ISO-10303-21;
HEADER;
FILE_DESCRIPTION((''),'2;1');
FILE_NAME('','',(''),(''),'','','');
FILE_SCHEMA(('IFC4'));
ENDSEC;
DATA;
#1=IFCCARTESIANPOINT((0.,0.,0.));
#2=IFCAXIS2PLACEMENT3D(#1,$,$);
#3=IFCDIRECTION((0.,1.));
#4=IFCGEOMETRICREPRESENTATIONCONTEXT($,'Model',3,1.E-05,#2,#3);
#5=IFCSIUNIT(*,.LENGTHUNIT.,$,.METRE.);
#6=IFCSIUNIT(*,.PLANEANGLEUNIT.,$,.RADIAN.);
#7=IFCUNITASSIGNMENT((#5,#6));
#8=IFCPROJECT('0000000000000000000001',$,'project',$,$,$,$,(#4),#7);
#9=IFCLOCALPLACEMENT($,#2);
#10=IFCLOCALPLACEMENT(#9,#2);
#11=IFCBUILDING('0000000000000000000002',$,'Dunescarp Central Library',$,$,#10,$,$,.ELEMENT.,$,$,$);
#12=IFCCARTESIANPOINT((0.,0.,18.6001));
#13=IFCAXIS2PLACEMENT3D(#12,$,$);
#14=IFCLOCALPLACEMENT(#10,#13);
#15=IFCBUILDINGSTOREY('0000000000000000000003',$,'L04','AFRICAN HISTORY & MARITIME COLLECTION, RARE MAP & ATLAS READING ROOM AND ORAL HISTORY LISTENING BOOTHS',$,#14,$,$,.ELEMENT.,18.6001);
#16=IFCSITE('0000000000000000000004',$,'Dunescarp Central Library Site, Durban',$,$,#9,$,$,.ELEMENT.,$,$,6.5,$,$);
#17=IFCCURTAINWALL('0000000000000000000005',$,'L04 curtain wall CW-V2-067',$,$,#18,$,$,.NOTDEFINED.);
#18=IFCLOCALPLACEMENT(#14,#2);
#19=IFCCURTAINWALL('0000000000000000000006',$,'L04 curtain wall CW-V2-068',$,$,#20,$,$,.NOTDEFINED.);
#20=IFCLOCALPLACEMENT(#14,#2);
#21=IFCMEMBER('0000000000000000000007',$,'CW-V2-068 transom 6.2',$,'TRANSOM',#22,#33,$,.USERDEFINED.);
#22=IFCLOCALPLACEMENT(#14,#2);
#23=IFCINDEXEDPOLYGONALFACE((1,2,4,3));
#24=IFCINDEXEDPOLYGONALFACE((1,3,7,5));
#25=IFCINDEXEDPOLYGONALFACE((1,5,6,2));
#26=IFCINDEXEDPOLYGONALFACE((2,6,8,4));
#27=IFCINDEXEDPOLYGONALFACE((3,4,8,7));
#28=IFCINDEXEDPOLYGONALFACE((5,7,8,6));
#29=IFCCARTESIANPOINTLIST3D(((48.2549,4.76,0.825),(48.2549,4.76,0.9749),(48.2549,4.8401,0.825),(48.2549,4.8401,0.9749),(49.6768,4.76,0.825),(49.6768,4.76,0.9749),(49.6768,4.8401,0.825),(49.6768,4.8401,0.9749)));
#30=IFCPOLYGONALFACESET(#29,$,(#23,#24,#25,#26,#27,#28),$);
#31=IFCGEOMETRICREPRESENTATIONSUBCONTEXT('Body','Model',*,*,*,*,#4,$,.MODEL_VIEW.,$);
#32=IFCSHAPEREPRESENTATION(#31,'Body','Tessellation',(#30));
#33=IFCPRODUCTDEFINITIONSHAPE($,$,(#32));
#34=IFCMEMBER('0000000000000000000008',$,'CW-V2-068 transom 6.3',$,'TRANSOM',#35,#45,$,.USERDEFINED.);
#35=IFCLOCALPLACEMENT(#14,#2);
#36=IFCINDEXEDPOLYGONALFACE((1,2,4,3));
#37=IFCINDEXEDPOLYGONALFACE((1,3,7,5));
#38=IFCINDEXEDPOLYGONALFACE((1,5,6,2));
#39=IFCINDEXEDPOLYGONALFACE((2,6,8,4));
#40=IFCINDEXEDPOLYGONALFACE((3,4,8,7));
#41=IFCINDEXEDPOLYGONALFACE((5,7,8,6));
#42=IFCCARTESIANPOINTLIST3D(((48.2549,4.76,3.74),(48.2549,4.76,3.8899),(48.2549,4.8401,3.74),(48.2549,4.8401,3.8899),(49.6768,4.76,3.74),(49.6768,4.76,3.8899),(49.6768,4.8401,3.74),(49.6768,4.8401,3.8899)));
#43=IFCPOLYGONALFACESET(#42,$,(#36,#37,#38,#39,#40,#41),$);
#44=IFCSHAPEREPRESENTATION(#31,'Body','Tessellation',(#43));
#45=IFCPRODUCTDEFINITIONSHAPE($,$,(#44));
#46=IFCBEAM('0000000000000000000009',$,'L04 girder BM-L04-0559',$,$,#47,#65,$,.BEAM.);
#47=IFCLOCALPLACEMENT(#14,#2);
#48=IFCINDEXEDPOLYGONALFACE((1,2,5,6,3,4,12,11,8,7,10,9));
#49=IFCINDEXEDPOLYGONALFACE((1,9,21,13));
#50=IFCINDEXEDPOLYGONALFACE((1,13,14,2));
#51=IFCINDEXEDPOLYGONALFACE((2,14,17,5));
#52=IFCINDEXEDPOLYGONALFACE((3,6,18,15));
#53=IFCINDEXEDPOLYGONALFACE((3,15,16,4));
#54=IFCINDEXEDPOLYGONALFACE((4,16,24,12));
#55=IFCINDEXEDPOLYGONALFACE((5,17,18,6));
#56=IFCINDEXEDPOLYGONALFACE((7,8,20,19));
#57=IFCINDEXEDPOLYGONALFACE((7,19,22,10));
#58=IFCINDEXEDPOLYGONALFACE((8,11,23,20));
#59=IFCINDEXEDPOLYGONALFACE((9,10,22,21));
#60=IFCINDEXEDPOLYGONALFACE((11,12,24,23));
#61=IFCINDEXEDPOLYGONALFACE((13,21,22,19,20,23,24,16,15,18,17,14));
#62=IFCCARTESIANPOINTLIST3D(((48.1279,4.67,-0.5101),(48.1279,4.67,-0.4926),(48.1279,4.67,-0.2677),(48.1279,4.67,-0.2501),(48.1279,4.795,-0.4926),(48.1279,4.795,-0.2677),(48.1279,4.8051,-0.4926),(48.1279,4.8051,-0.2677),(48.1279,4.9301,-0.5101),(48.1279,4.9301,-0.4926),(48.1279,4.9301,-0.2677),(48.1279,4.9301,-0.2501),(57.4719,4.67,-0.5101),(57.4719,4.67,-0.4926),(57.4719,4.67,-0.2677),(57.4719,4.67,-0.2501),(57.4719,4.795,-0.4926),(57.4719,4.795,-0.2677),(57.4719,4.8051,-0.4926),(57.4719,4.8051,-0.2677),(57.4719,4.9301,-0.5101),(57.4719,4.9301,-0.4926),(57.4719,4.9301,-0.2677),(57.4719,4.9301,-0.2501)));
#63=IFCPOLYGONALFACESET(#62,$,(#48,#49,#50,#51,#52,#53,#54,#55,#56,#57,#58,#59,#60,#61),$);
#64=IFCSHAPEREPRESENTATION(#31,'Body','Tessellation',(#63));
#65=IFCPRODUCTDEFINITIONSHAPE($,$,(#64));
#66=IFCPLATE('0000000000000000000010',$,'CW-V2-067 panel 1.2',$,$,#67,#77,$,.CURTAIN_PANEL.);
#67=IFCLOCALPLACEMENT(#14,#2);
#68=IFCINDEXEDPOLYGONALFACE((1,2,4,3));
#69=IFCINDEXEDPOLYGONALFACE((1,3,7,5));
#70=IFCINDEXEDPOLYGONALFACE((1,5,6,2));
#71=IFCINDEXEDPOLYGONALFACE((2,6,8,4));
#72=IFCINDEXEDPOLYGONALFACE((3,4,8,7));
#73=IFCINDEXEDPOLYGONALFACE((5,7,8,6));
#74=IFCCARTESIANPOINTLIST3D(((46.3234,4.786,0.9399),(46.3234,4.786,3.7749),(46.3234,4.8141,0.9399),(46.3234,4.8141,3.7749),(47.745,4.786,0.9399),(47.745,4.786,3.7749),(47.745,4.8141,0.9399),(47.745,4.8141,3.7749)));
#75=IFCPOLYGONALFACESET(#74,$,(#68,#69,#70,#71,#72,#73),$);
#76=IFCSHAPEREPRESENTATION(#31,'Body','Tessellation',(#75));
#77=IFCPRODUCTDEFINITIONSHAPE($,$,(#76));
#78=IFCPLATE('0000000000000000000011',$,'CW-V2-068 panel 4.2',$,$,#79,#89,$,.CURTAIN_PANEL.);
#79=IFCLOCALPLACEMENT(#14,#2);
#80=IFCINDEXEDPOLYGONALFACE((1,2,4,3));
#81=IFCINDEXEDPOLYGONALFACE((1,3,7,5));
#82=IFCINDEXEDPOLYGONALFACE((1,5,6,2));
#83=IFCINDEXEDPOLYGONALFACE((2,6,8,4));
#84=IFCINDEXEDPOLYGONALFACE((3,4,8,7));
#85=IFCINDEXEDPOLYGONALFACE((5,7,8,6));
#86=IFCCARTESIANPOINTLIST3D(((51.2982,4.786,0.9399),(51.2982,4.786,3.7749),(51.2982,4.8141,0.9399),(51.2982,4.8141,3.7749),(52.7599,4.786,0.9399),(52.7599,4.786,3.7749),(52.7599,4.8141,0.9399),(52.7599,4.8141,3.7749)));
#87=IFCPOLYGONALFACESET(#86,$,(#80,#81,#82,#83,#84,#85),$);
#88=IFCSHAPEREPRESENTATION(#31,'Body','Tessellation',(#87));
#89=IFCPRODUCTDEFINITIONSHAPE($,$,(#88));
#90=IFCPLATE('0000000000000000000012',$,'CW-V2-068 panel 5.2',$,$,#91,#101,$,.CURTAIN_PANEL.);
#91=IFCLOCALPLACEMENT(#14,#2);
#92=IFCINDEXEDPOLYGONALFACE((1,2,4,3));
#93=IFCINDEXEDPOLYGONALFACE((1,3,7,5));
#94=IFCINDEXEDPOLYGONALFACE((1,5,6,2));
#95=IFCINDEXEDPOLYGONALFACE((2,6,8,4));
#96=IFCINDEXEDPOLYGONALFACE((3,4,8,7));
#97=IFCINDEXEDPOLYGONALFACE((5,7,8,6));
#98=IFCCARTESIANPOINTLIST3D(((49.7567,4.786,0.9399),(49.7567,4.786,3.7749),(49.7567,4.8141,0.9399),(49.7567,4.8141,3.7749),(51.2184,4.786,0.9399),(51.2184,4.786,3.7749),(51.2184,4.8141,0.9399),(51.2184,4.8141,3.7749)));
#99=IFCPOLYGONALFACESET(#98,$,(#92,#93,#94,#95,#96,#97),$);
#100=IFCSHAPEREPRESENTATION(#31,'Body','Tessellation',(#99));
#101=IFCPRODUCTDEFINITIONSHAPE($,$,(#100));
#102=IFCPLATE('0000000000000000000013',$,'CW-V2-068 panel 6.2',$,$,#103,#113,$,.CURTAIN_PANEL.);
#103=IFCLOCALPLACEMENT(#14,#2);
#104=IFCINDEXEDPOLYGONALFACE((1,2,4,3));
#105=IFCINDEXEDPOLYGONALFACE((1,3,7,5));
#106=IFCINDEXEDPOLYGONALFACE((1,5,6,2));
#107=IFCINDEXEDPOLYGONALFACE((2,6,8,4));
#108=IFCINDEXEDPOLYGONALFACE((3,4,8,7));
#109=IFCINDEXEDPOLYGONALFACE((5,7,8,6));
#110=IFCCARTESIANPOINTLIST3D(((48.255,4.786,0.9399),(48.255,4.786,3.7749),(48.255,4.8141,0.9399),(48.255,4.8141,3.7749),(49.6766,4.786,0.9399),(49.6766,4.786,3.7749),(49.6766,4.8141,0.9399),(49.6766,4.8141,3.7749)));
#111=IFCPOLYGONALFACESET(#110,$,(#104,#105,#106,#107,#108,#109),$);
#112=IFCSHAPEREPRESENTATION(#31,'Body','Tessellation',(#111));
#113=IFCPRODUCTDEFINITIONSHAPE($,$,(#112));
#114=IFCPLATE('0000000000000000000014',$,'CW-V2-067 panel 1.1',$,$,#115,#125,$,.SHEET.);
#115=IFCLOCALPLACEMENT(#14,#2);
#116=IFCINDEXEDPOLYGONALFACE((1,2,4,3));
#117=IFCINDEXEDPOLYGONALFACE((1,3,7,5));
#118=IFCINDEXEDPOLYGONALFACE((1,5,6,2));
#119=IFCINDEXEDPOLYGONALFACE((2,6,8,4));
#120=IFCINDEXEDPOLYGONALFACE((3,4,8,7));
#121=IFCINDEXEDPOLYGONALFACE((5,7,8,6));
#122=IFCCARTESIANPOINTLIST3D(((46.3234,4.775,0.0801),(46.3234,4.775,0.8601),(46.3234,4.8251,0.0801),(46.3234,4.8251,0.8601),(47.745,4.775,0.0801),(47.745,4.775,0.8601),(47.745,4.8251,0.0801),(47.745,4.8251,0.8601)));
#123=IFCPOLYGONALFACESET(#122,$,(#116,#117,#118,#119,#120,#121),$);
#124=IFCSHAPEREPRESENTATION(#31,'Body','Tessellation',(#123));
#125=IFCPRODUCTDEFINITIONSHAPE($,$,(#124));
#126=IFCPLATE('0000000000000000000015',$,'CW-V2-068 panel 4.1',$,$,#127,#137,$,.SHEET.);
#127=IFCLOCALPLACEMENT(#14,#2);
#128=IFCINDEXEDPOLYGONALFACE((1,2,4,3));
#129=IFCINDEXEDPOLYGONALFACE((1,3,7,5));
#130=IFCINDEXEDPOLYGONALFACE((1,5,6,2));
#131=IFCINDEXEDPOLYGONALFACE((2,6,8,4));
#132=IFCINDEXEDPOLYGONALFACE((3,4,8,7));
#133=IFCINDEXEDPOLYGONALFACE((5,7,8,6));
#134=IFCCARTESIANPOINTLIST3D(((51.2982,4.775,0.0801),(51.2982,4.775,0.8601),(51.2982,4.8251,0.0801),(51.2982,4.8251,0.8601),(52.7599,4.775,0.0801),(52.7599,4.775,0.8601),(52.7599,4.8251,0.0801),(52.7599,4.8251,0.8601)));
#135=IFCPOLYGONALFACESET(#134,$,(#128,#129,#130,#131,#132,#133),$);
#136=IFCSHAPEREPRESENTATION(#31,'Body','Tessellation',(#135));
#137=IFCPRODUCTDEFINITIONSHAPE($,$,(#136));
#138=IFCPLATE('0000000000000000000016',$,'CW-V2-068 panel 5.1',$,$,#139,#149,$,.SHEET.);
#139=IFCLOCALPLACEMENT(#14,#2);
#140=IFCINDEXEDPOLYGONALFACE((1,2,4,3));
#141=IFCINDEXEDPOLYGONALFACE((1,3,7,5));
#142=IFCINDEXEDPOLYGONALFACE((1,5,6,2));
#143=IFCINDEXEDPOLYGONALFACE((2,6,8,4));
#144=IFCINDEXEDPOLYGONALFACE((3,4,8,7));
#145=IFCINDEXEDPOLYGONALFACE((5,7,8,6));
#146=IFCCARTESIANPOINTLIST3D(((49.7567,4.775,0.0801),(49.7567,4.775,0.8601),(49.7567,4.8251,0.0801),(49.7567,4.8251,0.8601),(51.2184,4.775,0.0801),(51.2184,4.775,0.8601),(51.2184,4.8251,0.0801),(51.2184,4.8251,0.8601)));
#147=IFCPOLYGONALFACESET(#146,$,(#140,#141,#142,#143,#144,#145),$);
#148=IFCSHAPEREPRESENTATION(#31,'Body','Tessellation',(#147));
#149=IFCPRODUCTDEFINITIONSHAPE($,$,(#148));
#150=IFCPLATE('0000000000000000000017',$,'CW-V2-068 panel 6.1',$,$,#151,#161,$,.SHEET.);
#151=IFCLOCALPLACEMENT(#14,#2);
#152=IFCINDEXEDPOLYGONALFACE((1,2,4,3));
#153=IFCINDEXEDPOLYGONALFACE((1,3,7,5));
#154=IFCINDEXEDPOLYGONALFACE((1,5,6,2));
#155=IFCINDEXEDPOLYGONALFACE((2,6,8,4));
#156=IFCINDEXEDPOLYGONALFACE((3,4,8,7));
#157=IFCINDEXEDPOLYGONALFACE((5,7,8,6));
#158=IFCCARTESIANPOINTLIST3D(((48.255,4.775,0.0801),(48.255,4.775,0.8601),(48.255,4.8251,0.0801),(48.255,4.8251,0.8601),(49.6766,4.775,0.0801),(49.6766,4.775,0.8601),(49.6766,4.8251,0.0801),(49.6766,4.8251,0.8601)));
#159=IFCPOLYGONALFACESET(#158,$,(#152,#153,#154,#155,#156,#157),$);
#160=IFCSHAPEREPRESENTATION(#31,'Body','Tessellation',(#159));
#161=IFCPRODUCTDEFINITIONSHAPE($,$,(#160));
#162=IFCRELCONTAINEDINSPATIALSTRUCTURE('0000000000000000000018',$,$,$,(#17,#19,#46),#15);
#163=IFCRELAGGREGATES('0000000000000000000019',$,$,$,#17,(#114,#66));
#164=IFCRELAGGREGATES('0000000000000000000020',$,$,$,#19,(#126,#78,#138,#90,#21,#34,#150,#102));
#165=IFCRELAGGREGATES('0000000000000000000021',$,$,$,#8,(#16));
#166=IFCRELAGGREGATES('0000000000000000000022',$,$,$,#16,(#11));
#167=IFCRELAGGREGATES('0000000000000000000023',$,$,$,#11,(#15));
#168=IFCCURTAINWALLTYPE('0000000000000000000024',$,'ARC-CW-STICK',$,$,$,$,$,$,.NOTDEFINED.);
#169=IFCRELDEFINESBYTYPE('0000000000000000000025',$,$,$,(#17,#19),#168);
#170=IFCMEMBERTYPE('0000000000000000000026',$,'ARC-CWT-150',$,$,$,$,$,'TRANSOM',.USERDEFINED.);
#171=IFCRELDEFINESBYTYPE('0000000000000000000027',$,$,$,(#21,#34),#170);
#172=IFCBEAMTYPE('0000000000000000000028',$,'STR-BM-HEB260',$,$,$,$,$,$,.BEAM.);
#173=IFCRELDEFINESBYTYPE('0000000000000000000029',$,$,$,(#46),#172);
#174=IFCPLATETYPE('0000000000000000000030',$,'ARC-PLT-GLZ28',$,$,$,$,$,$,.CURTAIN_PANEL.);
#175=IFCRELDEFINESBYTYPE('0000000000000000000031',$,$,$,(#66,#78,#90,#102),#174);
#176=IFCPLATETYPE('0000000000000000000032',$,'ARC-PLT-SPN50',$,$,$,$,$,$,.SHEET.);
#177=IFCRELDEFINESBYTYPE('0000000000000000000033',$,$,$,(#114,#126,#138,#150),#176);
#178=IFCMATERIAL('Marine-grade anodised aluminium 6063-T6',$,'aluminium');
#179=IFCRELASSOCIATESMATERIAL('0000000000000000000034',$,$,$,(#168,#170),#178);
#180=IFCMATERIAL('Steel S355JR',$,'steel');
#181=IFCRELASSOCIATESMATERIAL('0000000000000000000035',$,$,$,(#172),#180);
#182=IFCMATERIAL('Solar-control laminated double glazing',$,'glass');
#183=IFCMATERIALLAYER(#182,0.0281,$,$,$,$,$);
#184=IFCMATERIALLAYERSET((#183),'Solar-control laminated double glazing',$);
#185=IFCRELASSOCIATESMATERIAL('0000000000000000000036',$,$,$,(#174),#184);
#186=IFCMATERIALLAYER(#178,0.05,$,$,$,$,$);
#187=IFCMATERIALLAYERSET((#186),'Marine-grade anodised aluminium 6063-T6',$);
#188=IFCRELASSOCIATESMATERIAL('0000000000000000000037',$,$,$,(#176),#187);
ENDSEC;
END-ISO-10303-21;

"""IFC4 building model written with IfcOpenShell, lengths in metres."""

from ifc_helpers import new_model, si_unit, direction, frame, origin, origin_2d, place, context, subcontext, project, spatial, rectangle, i_section, extrude, material, layer, layer_set, material_profile, profile_set, type_object, element, aggregate, save


model = new_model("IFC4")

# Units and contexts
model_context = context("Model", 3, precision=1e-05, world=origin(), true_north=direction((0.0, 1.0)))
body_context = subcontext(model_context, "Body", "Model", "MODEL_VIEW")
ifc_project = project(units=[si_unit("LENGTHUNIT", "METRE"), si_unit("PLANEANGLEUNIT", "RADIAN")], contexts=[model_context])

# Site, building, storey
site_placement = place(None, origin())
site = spatial("IfcSite", under=ifc_project, at=site_placement, Name="Dunescarp Central Library Site, Durban", CompositionType="ELEMENT", RefElevation=6.5)
building_placement = place(site_placement, origin())
building = spatial("IfcBuilding", under=site, at=building_placement, Name="Dunescarp Central Library", CompositionType="ELEMENT")
storey_placement = place(building_placement, frame((0.0, 0.0, 18.6001)))
storey = spatial("IfcBuildingStorey", under=building, at=storey_placement, Name="L04", Description="AFRICAN HISTORY & MARITIME COLLECTION, RARE MAP & ATLAS READING ROOM AND ORAL HISTORY LISTENING BOOTHS", CompositionType="ELEMENT", Elevation=18.6001)

# Shared definitions
ifc_material_1 = material(Name="Steel S355JR", Category="steel")

# Curtain wall
ifc_material_2 = material(Name="Marine-grade anodised aluminium 6063-T6", Category="aluminium")
curtain_wall_type = type_object("IfcCurtainWallType", Name="ARC-CW-STICK", PredefinedType="NOTDEFINED", material=ifc_material_2)
curtain_wall_1_placement = place(storey_placement, origin())
curtain_wall_1 = element("IfcCurtainWall", 1, at=curtain_wall_1_placement, inside=storey, type_object=curtain_wall_type, Name="L04 curtain wall CW-V2-067", PredefinedType="NOTDEFINED")

# Curtain wall
curtain_wall_2_placement = place(storey_placement, origin())
curtain_wall_2 = element("IfcCurtainWall", 2, at=curtain_wall_2_placement, inside=storey, type_object=curtain_wall_type, Name="L04 curtain wall CW-V2-068", PredefinedType="NOTDEFINED")

# Members
ifc_material_profile_1 = material_profile(ifc_material_2, rectangle(XDim=0.0801, YDim=0.1499, at=origin_2d()), Name="AL 80x150")
ifc_profile_set_1 = profile_set([ifc_material_profile_1], Name="Marine-grade anodised aluminium 6063-T6")
member_type_1 = type_object("IfcMemberType", Name="ARC-CWT-150", ElementType="TRANSOM", PredefinedType="USERDEFINED", material=ifc_profile_set_1)
member_1_placement = place(storey_placement, frame((49.6768, 4.8, 0.8999), z_axis=(-1.0, 0.0, 0.0), x_axis=(0.0, -1.0, 0.0)))
member_1 = element("IfcMember", 3, at=member_1_placement, type_object=member_type_1, Name="CW-V2-068 transom 6.2", ObjectType="TRANSOM", PredefinedType="USERDEFINED", context=body_context, shape_type="SweptSolid", body=[
    extrude(rectangle(XDim=0.0801, YDim=0.1499, at=origin_2d()), origin(), (0.0, 0.0, 1.0), 1.4219),
])
member_2_placement = place(storey_placement, frame((49.6768, 4.8, 3.8149), z_axis=(-1.0, 0.0, 0.0), x_axis=(0.0, -1.0, 0.0)))
member_2 = element("IfcMember", 4, at=member_2_placement, type_object=member_type_1, Name="CW-V2-068 transom 6.3", ObjectType="TRANSOM", PredefinedType="USERDEFINED", context=body_context, shape_type="SweptSolid", body=[
    extrude(rectangle(XDim=0.0801, YDim=0.1499, at=origin_2d()), origin(), (0.0, 0.0, 1.0), 1.4219),
])

# Beam
ifc_material_profile_2 = material_profile(ifc_material_1, i_section(OverallWidth=0.26, OverallDepth=0.26, WebThickness=0.01, FlangeThickness=0.0176, at=origin_2d()), Name="HEB 260")
ifc_profile_set_2 = profile_set([ifc_material_profile_2], Name="Steel S355JR")
beam_type = type_object("IfcBeamType", Name="STR-BM-HEB260", PredefinedType="BEAM", material=ifc_profile_set_2)
beam_placement = place(storey_placement, frame((48.1279, 4.8, -0.3801), z_axis=(1.0, 0.0, 0.0), x_axis=(0.0, 1.0, 0.0)))
element("IfcBeam", 5, at=beam_placement, inside=storey, type_object=beam_type, Name="L04 girder BM-L04-0559", PredefinedType="BEAM", context=body_context, shape_type="SweptSolid", body=[
    extrude(i_section(OverallWidth=0.26, OverallDepth=0.26, WebThickness=0.01, FlangeThickness=0.0176, at=origin_2d()), origin(), (0.0, 0.0, 1.0), 9.344),
])

# Plates
ifc_material_3 = material(Name="Solar-control laminated double glazing", Category="glass")
ifc_layer_1 = layer(ifc_material_3, 0.0281)
ifc_layer_set_1 = layer_set([ifc_layer_1], Name="Solar-control laminated double glazing")
plate_type_1 = type_object("IfcPlateType", Name="ARC-PLT-GLZ28", PredefinedType="CURTAIN_PANEL", material=ifc_layer_set_1)
plate_1_placement = place(storey_placement, frame((47.0342, 4.8, 0.9399), z_axis=(0.0, 0.0, 1.0), x_axis=(-1.0, 0.0, 0.0)))
plate_1 = element("IfcPlate", 6, at=plate_1_placement, type_object=plate_type_1, Name="CW-V2-067 panel 1.2", PredefinedType="CURTAIN_PANEL", context=body_context, shape_type="SweptSolid", body=[
    extrude(rectangle(XDim=1.4216, YDim=0.0281, at=origin_2d()), origin(), (0.0, 0.0, 1.0), 2.835),
])
plate_2_placement = place(storey_placement, frame((52.0291, 4.8, 0.9399), z_axis=(0.0, 0.0, 1.0), x_axis=(-1.0, 0.0, 0.0)))
plate_2 = element("IfcPlate", 7, at=plate_2_placement, type_object=plate_type_1, Name="CW-V2-068 panel 4.2", PredefinedType="CURTAIN_PANEL", context=body_context, shape_type="SweptSolid", body=[
    extrude(rectangle(XDim=1.4617, YDim=0.0281, at=origin_2d()), origin(), (0.0, 0.0, 1.0), 2.835),
])
plate_3_placement = place(storey_placement, frame((50.4875, 4.8, 0.9399), z_axis=(0.0, 0.0, 1.0), x_axis=(-1.0, 0.0, 0.0)))
plate_3 = element("IfcPlate", 8, at=plate_3_placement, type_object=plate_type_1, Name="CW-V2-068 panel 5.2", PredefinedType="CURTAIN_PANEL", context=body_context, shape_type="SweptSolid", body=[
    extrude(rectangle(XDim=1.4617, YDim=0.0281, at=origin_2d()), origin(), (0.0, 0.0, 1.0), 2.835),
])
plate_4_placement = place(storey_placement, frame((48.9658, 4.8, 0.9399), z_axis=(0.0, 0.0, 1.0), x_axis=(-1.0, 0.0, 0.0)))
plate_4 = element("IfcPlate", 9, at=plate_4_placement, type_object=plate_type_1, Name="CW-V2-068 panel 6.2", PredefinedType="CURTAIN_PANEL", context=body_context, shape_type="SweptSolid", body=[
    extrude(rectangle(XDim=1.4216, YDim=0.0281, at=origin_2d()), origin(), (0.0, 0.0, 1.0), 2.835),
])
ifc_layer_2 = layer(ifc_material_2, 0.05)
ifc_layer_set_2 = layer_set([ifc_layer_2], Name="Marine-grade anodised aluminium 6063-T6")
plate_type_2 = type_object("IfcPlateType", Name="ARC-PLT-SPN50", PredefinedType="SHEET", material=ifc_layer_set_2)
plate_5_placement = place(storey_placement, frame((47.0342, 4.8, 0.0801), z_axis=(0.0, 0.0, 1.0), x_axis=(-1.0, 0.0, 0.0)))
plate_5 = element("IfcPlate", 10, at=plate_5_placement, type_object=plate_type_2, Name="CW-V2-067 panel 1.1", PredefinedType="SHEET", context=body_context, shape_type="SweptSolid", body=[
    extrude(rectangle(XDim=1.4216, YDim=0.05, at=origin_2d()), origin(), (0.0, 0.0, 1.0), 0.78),
])
aggregate(curtain_wall_1, [plate_5, plate_1])
plate_6_placement = place(storey_placement, frame((52.0291, 4.8, 0.0801), z_axis=(0.0, 0.0, 1.0), x_axis=(-1.0, 0.0, 0.0)))
plate_6 = element("IfcPlate", 11, at=plate_6_placement, type_object=plate_type_2, Name="CW-V2-068 panel 4.1", PredefinedType="SHEET", context=body_context, shape_type="SweptSolid", body=[
    extrude(rectangle(XDim=1.4617, YDim=0.05, at=origin_2d()), origin(), (0.0, 0.0, 1.0), 0.78),
])
plate_7_placement = place(storey_placement, frame((50.4875, 4.8, 0.0801), z_axis=(0.0, 0.0, 1.0), x_axis=(-1.0, 0.0, 0.0)))
plate_7 = element("IfcPlate", 12, at=plate_7_placement, type_object=plate_type_2, Name="CW-V2-068 panel 5.1", PredefinedType="SHEET", context=body_context, shape_type="SweptSolid", body=[
    extrude(rectangle(XDim=1.4617, YDim=0.05, at=origin_2d()), origin(), (0.0, 0.0, 1.0), 0.78),
])
plate_8_placement = place(storey_placement, frame((48.9658, 4.8, 0.0801), z_axis=(0.0, 0.0, 1.0), x_axis=(-1.0, 0.0, 0.0)))
plate_8 = element("IfcPlate", 13, at=plate_8_placement, type_object=plate_type_2, Name="CW-V2-068 panel 6.1", PredefinedType="SHEET", context=body_context, shape_type="SweptSolid", body=[
    extrude(rectangle(XDim=1.4216, YDim=0.05, at=origin_2d()), origin(), (0.0, 0.0, 1.0), 0.78),
])
aggregate(curtain_wall_2, [plate_6, plate_2, plate_7, plate_3, member_1, member_2, plate_8, plate_4])

save(model, "model.ifc")
